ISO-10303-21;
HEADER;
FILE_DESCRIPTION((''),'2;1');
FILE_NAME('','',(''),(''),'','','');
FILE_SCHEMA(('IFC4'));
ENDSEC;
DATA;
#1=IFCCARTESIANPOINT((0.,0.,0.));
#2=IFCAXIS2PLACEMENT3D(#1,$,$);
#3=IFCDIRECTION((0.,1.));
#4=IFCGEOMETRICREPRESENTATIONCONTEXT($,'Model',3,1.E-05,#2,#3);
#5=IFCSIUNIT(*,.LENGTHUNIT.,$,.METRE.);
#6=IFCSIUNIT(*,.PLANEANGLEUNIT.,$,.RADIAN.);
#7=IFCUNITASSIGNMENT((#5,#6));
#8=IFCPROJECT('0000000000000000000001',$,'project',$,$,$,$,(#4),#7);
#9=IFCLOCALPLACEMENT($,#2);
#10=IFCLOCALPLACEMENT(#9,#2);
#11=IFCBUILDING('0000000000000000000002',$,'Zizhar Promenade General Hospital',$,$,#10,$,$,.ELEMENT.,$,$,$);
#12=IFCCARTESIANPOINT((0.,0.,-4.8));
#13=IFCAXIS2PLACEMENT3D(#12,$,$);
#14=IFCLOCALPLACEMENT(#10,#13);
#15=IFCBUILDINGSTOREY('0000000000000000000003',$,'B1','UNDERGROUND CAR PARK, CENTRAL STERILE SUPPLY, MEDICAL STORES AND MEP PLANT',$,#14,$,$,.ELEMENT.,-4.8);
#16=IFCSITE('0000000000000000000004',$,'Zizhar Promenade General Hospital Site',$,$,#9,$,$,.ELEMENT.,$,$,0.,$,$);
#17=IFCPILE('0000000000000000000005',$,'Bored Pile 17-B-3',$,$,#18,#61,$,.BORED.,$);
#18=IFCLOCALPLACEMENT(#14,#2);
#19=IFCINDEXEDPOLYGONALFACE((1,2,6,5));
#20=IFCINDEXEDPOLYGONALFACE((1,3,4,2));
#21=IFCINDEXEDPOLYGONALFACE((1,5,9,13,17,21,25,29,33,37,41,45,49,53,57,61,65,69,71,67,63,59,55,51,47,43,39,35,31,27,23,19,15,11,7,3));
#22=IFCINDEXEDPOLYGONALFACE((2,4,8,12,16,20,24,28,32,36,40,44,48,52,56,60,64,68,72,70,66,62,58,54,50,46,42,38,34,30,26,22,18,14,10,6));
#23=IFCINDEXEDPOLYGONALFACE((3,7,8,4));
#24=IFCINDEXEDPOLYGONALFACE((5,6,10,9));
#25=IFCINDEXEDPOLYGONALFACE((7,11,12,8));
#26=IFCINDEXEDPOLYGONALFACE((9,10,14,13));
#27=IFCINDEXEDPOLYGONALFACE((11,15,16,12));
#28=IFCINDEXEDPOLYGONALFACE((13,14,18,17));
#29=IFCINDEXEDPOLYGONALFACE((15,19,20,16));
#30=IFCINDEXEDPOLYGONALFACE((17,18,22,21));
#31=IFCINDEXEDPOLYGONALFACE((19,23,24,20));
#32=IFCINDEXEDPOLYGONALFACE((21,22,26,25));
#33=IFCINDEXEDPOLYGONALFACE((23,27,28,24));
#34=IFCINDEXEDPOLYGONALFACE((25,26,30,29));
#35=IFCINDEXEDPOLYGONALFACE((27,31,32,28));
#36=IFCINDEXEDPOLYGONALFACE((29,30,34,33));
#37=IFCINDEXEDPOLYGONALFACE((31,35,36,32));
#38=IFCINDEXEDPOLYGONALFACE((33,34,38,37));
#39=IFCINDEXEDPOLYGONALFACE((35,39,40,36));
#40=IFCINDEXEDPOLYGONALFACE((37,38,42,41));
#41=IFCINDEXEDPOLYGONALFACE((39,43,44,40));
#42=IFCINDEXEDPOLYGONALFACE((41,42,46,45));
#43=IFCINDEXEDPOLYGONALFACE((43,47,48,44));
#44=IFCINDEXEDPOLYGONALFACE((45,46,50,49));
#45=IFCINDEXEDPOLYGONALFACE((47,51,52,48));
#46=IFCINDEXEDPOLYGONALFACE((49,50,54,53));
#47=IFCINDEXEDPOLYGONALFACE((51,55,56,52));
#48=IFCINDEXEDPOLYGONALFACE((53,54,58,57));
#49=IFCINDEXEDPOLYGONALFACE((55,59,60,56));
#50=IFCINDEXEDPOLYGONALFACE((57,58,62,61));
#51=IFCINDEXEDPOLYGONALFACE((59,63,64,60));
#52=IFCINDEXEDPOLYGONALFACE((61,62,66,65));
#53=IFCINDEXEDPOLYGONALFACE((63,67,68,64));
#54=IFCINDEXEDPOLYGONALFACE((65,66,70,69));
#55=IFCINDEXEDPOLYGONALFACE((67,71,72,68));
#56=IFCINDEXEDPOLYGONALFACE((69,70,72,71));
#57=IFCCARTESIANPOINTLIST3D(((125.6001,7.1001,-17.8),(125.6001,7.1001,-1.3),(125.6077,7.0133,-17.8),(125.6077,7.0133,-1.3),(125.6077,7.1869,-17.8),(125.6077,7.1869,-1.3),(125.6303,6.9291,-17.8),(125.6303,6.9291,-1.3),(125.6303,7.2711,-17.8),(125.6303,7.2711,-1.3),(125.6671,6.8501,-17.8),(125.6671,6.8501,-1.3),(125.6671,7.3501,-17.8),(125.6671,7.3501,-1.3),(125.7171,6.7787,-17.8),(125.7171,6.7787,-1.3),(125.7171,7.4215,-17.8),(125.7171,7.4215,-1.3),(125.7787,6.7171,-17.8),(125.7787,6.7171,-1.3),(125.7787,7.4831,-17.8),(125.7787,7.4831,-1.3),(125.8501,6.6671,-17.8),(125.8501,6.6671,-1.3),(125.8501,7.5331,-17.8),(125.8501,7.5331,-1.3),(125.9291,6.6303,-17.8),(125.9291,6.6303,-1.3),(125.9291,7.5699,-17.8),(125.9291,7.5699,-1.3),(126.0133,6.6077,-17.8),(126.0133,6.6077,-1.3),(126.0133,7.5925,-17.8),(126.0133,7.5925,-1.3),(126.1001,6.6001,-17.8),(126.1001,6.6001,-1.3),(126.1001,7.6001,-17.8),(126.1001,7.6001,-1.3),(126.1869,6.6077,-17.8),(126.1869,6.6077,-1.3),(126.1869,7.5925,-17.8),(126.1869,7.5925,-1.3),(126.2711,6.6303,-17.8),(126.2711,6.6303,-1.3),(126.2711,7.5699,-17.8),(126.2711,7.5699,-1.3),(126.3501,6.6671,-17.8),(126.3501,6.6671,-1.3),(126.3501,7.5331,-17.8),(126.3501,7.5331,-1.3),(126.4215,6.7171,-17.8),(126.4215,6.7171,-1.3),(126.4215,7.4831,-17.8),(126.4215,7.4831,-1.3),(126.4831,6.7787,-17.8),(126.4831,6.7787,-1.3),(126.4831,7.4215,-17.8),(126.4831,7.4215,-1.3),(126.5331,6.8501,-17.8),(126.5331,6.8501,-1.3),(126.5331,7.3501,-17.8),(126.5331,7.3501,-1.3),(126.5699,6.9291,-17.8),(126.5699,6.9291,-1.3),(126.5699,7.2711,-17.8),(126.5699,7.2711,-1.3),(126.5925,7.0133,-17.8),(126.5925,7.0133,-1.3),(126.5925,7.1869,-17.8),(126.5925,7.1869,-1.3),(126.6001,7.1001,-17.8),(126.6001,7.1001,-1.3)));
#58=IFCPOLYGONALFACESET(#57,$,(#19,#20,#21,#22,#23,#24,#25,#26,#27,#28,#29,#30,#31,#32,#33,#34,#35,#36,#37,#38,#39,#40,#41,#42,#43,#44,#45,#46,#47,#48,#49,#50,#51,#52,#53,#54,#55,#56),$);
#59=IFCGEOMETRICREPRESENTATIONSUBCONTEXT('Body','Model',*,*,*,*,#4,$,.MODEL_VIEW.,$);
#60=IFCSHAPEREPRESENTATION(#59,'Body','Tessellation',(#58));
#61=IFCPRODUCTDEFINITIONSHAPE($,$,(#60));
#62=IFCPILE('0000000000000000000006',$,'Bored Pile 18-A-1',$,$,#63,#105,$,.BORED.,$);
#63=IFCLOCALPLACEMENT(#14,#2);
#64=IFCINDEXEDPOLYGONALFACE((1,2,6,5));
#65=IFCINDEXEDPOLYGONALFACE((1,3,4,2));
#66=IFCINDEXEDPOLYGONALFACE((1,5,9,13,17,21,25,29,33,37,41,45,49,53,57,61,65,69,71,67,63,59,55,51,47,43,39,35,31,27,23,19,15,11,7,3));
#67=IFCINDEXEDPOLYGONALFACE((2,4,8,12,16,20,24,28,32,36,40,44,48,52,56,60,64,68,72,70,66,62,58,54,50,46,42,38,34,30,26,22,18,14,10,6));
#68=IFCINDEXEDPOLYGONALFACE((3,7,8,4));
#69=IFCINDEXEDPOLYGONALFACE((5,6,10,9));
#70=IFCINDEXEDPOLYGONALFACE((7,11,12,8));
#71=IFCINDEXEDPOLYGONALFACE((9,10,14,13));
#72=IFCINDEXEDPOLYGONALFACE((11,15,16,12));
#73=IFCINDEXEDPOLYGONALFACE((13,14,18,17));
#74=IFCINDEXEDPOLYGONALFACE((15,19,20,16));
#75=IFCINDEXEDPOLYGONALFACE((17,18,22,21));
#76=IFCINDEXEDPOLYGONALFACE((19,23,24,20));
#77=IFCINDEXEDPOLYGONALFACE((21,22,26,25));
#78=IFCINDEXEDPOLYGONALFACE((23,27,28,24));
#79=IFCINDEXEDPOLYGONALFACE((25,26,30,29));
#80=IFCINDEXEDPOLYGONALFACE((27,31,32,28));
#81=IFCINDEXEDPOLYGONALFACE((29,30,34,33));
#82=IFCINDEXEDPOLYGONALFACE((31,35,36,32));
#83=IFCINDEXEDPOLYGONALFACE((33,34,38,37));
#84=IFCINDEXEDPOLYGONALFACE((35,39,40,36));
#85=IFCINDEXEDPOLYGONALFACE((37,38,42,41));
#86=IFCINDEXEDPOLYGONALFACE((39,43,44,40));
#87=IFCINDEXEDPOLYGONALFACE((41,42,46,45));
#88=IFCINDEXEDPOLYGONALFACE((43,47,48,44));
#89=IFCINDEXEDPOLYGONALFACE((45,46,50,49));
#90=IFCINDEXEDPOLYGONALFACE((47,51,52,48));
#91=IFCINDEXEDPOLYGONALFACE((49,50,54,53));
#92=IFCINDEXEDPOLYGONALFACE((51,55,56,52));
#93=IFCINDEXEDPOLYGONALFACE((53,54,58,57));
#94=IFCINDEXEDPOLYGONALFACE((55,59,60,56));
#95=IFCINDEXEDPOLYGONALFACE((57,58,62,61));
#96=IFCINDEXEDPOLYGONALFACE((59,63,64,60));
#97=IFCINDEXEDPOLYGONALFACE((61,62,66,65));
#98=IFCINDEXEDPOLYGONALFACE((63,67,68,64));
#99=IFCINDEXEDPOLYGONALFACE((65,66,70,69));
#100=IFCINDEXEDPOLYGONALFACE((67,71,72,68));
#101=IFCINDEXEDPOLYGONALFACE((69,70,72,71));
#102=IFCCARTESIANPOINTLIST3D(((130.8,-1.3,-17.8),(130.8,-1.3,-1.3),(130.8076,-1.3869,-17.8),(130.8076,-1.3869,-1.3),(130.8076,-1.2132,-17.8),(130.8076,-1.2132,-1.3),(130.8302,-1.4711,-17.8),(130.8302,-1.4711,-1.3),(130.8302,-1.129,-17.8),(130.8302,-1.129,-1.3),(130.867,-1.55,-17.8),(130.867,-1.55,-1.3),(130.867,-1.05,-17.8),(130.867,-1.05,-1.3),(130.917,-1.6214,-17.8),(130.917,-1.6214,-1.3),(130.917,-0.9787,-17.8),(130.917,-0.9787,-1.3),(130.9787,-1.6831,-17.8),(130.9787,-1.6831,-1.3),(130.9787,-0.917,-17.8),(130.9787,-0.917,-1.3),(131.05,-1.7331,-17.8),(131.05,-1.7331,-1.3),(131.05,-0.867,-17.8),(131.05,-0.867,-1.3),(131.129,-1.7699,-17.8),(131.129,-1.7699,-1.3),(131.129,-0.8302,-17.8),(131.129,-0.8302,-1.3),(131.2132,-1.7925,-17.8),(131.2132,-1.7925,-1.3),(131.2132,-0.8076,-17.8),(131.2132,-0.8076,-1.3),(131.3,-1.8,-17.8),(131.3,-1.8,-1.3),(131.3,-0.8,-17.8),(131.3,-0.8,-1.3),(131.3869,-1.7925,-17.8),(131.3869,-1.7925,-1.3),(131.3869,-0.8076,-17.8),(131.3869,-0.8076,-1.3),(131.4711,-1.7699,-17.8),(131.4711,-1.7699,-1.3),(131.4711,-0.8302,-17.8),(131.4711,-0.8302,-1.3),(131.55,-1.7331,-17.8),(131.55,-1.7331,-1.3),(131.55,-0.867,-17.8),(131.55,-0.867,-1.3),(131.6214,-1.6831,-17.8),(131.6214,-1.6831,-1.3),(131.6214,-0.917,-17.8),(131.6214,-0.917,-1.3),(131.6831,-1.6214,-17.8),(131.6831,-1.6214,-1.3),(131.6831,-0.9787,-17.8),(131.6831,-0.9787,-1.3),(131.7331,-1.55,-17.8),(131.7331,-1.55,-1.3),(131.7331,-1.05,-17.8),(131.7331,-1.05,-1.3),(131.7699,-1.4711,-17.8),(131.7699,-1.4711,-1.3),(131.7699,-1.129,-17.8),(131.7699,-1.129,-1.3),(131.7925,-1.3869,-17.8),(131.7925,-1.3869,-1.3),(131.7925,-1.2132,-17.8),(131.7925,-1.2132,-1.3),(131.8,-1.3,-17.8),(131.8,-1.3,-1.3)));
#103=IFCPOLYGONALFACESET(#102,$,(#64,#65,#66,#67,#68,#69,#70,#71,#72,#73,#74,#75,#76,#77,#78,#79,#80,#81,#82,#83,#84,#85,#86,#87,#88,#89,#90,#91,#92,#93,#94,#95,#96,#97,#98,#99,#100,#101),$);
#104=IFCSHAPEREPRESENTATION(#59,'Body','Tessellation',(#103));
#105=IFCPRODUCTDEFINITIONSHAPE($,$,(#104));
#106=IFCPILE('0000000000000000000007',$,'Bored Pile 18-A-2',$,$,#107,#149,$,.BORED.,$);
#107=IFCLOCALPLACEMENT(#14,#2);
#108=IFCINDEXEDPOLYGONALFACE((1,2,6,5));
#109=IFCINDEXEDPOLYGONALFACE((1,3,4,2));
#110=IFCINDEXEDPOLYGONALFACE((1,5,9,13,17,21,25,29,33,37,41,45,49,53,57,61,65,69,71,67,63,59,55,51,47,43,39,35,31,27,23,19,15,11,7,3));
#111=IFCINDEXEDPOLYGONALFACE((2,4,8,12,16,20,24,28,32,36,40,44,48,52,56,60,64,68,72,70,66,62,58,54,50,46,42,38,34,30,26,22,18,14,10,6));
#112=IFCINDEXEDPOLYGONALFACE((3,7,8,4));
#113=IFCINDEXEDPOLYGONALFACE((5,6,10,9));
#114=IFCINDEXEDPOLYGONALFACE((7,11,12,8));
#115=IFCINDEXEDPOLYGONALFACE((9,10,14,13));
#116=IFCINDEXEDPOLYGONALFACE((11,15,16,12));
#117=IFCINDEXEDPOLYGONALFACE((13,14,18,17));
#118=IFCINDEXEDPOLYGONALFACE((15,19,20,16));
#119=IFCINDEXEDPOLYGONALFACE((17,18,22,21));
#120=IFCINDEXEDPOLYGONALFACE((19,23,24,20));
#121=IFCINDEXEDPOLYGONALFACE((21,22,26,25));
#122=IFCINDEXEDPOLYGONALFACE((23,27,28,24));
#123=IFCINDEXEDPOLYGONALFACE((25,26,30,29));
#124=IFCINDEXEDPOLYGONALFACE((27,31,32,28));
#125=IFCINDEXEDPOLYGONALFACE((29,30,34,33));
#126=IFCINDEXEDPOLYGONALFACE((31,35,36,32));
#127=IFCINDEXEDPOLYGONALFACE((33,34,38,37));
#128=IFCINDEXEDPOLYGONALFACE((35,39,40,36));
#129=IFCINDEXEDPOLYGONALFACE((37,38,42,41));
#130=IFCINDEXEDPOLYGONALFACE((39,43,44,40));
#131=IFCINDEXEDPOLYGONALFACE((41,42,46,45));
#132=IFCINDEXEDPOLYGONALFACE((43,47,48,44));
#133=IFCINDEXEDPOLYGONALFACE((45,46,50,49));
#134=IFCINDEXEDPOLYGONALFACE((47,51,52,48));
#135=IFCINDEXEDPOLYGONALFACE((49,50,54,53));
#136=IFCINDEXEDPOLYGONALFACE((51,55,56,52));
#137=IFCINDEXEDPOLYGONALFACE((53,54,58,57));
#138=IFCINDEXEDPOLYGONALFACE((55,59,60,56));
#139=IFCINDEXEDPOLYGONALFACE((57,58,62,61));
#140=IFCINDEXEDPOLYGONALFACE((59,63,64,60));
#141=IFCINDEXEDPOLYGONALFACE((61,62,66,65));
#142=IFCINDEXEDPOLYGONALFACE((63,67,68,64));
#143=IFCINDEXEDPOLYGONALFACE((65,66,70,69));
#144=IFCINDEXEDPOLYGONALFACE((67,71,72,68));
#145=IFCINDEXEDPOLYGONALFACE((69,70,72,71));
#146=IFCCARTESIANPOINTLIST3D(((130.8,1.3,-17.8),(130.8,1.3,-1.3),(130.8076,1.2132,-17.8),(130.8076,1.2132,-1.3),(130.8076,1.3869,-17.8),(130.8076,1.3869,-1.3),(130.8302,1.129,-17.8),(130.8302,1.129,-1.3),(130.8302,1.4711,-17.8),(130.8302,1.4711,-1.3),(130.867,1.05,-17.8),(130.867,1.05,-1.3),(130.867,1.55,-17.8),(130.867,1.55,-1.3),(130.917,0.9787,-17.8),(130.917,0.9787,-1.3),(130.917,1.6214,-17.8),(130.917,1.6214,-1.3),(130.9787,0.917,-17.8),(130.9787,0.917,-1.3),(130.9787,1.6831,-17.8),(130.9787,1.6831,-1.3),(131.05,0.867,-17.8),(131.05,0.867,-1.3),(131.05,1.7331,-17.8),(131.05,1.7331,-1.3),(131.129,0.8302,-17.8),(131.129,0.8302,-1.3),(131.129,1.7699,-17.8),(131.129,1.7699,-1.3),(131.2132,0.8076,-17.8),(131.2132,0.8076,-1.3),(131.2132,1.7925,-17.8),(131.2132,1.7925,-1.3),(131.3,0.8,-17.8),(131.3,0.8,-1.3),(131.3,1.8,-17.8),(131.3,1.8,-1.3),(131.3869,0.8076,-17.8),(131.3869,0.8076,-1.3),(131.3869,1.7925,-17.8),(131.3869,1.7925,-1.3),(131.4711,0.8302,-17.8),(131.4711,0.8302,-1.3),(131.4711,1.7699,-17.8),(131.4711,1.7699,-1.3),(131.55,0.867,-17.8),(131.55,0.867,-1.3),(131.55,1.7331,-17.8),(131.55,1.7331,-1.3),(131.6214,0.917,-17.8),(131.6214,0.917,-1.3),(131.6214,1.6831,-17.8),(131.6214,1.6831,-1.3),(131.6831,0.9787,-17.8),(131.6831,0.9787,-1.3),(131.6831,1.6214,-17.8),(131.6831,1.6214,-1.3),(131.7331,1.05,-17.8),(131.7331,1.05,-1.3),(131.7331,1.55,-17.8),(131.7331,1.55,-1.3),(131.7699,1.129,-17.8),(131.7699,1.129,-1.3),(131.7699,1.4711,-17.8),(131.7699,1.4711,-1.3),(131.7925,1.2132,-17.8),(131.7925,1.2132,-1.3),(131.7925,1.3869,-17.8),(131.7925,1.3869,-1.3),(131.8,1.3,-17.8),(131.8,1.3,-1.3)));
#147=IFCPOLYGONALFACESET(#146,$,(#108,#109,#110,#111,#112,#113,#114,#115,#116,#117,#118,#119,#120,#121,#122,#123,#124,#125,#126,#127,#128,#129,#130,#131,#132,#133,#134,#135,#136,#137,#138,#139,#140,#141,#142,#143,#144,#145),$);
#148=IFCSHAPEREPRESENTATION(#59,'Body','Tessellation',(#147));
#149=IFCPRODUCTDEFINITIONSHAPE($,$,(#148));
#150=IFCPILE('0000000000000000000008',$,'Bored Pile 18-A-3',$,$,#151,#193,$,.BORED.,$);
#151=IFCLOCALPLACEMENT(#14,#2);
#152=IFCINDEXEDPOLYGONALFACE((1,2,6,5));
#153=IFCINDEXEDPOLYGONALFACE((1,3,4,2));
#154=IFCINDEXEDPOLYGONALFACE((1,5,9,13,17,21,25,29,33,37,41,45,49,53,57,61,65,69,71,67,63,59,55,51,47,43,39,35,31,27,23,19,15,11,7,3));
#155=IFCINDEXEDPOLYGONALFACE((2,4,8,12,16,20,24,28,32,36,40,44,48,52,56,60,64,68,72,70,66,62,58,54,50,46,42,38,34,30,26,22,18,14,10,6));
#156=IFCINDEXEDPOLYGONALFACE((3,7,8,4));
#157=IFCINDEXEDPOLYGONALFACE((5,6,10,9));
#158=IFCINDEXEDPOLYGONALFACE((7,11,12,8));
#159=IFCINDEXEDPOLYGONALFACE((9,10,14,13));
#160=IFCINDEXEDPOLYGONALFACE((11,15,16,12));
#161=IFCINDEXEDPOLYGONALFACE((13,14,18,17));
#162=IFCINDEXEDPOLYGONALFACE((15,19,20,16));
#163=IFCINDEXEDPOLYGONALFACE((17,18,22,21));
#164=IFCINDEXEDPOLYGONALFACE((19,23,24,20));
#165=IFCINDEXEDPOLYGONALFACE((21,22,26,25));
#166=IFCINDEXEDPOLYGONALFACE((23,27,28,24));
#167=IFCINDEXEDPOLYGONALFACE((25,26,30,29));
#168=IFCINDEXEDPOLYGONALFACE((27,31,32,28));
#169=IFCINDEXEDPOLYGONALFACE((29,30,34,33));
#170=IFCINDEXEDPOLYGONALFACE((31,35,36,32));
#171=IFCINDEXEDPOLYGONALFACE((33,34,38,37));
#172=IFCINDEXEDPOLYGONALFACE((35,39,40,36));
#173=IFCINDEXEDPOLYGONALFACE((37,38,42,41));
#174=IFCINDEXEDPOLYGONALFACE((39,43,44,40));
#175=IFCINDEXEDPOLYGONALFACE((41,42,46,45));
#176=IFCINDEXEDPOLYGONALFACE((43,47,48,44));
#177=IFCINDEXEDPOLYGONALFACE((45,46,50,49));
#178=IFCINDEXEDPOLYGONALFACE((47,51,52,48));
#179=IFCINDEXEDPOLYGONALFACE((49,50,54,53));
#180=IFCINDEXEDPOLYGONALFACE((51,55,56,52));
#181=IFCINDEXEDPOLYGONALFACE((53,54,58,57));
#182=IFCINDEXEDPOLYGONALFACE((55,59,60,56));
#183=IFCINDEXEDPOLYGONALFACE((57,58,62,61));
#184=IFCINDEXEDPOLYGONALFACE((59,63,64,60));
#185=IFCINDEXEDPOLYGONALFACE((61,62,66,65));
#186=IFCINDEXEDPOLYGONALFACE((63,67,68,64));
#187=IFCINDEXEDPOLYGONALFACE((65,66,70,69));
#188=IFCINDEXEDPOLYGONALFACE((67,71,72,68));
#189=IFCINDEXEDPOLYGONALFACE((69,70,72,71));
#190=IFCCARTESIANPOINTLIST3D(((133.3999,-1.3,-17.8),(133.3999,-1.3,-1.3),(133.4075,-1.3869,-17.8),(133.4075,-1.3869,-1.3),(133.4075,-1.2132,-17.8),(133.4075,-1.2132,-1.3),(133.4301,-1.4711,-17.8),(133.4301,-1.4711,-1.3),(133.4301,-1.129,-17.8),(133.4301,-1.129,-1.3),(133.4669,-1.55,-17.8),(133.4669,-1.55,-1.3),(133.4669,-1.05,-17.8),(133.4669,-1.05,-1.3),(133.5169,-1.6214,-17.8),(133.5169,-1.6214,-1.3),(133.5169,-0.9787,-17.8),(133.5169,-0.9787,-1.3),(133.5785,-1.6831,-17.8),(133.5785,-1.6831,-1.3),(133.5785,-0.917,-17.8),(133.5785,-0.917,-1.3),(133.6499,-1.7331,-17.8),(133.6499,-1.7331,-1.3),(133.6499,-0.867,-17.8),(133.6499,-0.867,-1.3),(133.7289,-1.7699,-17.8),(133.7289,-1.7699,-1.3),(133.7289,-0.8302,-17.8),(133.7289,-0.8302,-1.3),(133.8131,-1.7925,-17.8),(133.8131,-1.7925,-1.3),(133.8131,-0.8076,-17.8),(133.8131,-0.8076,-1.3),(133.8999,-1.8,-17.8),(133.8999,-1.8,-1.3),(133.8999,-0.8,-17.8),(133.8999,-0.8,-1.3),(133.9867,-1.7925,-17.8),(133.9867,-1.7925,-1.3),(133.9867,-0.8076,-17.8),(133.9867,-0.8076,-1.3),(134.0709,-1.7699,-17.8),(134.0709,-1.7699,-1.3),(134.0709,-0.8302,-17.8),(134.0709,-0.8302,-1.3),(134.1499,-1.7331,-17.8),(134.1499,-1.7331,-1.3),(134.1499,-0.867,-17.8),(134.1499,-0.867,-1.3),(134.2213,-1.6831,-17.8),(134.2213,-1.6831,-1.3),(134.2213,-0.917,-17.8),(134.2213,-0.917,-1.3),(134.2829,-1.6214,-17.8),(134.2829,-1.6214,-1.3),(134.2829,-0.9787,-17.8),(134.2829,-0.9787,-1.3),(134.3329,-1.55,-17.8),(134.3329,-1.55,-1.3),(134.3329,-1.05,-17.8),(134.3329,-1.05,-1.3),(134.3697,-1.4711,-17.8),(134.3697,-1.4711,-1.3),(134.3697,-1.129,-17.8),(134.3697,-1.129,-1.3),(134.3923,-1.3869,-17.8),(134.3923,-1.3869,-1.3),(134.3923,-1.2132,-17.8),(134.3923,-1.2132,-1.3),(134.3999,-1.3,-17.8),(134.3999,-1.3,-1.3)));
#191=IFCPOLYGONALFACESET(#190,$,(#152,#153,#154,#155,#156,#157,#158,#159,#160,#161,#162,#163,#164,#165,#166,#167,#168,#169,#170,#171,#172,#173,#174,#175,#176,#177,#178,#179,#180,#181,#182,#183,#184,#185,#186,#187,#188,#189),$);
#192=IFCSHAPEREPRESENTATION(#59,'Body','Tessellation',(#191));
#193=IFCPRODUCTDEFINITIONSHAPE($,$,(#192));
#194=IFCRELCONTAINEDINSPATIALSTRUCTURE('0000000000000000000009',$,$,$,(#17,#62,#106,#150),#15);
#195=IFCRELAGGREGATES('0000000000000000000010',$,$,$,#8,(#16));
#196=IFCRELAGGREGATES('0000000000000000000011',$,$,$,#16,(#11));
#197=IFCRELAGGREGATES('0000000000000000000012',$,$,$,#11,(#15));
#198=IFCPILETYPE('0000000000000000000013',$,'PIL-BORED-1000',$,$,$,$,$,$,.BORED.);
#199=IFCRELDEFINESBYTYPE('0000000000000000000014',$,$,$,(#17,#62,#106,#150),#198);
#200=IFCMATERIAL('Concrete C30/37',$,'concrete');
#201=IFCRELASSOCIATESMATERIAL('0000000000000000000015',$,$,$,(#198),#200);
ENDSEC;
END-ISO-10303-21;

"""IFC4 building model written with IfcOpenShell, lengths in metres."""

from ifc_helpers import new_model, si_unit, direction, frame, origin, origin_2d, place, context, subcontext, project, spatial, circle, extrude, material, material_profile, profile_set, type_object, element, save


model = new_model("IFC4")

# Units and contexts
model_context = context("Model", 3, precision=1e-05, world=origin(), true_north=direction((0.0, 1.0)))
body_context = subcontext(model_context, "Body", "Model", "MODEL_VIEW")
ifc_project = project(units=[si_unit("LENGTHUNIT", "METRE"), si_unit("PLANEANGLEUNIT", "RADIAN")], contexts=[model_context])

# Site, building, storey
site_placement = place(None, origin())
site = spatial("IfcSite", under=ifc_project, at=site_placement, Name="Zizhar Promenade General Hospital Site", CompositionType="ELEMENT", RefElevation=0.0)
building_placement = place(site_placement, origin())
building = spatial("IfcBuilding", under=site, at=building_placement, Name="Zizhar Promenade General Hospital", CompositionType="ELEMENT")
storey_placement = place(building_placement, frame((0.0, 0.0, -4.8)))
storey = spatial("IfcBuildingStorey", under=building, at=storey_placement, Name="B1", Description="UNDERGROUND CAR PARK, CENTRAL STERILE SUPPLY, MEDICAL STORES AND MEP PLANT", CompositionType="ELEMENT", Elevation=-4.8)

# Piles
ifc_material_1 = material(Name="Concrete C30/37", Category="concrete")
ifc_material_profile_1 = material_profile(ifc_material_1, circle(Radius=0.5, at=origin_2d()))
ifc_profile_set_1 = profile_set([ifc_material_profile_1], Name="Concrete C30/37")
pile_type = type_object("IfcPileType", Name="PIL-BORED-1000", PredefinedType="BORED", material=ifc_profile_set_1)
for number, where, z_axis, x_axis, name in (
    (1, (126.1001, 7.1001, -1.3), (0.0, 0.0, -1.0), (1.0, 0.0, 0.0), "Bored Pile 17-B-3"),
    (2, (131.3, -1.3, -1.3), (0.0, 0.0, -1.0), (1.0, 0.0, 0.0), "Bored Pile 18-A-1"),
    (3, (131.3, 1.3, -1.3), (0.0, 0.0, -1.0), (1.0, 0.0, 0.0), "Bored Pile 18-A-2"),
    (4, (133.8999, -1.3, -1.3), (0.0, 0.0, -1.0), (1.0, 0.0, 0.0), "Bored Pile 18-A-3"),
):
    element("IfcPile", number, at=place(storey_placement, frame(where, z_axis=z_axis, x_axis=x_axis)), inside=storey, type_object=pile_type, Name=name, PredefinedType="BORED", context=body_context, shape_type="SweptSolid", body=[
        extrude(circle(Radius=0.5, at=origin_2d()), origin(), (0.0, 0.0, 1.0), 16.5),
    ])

save(model, "model.ifc")
